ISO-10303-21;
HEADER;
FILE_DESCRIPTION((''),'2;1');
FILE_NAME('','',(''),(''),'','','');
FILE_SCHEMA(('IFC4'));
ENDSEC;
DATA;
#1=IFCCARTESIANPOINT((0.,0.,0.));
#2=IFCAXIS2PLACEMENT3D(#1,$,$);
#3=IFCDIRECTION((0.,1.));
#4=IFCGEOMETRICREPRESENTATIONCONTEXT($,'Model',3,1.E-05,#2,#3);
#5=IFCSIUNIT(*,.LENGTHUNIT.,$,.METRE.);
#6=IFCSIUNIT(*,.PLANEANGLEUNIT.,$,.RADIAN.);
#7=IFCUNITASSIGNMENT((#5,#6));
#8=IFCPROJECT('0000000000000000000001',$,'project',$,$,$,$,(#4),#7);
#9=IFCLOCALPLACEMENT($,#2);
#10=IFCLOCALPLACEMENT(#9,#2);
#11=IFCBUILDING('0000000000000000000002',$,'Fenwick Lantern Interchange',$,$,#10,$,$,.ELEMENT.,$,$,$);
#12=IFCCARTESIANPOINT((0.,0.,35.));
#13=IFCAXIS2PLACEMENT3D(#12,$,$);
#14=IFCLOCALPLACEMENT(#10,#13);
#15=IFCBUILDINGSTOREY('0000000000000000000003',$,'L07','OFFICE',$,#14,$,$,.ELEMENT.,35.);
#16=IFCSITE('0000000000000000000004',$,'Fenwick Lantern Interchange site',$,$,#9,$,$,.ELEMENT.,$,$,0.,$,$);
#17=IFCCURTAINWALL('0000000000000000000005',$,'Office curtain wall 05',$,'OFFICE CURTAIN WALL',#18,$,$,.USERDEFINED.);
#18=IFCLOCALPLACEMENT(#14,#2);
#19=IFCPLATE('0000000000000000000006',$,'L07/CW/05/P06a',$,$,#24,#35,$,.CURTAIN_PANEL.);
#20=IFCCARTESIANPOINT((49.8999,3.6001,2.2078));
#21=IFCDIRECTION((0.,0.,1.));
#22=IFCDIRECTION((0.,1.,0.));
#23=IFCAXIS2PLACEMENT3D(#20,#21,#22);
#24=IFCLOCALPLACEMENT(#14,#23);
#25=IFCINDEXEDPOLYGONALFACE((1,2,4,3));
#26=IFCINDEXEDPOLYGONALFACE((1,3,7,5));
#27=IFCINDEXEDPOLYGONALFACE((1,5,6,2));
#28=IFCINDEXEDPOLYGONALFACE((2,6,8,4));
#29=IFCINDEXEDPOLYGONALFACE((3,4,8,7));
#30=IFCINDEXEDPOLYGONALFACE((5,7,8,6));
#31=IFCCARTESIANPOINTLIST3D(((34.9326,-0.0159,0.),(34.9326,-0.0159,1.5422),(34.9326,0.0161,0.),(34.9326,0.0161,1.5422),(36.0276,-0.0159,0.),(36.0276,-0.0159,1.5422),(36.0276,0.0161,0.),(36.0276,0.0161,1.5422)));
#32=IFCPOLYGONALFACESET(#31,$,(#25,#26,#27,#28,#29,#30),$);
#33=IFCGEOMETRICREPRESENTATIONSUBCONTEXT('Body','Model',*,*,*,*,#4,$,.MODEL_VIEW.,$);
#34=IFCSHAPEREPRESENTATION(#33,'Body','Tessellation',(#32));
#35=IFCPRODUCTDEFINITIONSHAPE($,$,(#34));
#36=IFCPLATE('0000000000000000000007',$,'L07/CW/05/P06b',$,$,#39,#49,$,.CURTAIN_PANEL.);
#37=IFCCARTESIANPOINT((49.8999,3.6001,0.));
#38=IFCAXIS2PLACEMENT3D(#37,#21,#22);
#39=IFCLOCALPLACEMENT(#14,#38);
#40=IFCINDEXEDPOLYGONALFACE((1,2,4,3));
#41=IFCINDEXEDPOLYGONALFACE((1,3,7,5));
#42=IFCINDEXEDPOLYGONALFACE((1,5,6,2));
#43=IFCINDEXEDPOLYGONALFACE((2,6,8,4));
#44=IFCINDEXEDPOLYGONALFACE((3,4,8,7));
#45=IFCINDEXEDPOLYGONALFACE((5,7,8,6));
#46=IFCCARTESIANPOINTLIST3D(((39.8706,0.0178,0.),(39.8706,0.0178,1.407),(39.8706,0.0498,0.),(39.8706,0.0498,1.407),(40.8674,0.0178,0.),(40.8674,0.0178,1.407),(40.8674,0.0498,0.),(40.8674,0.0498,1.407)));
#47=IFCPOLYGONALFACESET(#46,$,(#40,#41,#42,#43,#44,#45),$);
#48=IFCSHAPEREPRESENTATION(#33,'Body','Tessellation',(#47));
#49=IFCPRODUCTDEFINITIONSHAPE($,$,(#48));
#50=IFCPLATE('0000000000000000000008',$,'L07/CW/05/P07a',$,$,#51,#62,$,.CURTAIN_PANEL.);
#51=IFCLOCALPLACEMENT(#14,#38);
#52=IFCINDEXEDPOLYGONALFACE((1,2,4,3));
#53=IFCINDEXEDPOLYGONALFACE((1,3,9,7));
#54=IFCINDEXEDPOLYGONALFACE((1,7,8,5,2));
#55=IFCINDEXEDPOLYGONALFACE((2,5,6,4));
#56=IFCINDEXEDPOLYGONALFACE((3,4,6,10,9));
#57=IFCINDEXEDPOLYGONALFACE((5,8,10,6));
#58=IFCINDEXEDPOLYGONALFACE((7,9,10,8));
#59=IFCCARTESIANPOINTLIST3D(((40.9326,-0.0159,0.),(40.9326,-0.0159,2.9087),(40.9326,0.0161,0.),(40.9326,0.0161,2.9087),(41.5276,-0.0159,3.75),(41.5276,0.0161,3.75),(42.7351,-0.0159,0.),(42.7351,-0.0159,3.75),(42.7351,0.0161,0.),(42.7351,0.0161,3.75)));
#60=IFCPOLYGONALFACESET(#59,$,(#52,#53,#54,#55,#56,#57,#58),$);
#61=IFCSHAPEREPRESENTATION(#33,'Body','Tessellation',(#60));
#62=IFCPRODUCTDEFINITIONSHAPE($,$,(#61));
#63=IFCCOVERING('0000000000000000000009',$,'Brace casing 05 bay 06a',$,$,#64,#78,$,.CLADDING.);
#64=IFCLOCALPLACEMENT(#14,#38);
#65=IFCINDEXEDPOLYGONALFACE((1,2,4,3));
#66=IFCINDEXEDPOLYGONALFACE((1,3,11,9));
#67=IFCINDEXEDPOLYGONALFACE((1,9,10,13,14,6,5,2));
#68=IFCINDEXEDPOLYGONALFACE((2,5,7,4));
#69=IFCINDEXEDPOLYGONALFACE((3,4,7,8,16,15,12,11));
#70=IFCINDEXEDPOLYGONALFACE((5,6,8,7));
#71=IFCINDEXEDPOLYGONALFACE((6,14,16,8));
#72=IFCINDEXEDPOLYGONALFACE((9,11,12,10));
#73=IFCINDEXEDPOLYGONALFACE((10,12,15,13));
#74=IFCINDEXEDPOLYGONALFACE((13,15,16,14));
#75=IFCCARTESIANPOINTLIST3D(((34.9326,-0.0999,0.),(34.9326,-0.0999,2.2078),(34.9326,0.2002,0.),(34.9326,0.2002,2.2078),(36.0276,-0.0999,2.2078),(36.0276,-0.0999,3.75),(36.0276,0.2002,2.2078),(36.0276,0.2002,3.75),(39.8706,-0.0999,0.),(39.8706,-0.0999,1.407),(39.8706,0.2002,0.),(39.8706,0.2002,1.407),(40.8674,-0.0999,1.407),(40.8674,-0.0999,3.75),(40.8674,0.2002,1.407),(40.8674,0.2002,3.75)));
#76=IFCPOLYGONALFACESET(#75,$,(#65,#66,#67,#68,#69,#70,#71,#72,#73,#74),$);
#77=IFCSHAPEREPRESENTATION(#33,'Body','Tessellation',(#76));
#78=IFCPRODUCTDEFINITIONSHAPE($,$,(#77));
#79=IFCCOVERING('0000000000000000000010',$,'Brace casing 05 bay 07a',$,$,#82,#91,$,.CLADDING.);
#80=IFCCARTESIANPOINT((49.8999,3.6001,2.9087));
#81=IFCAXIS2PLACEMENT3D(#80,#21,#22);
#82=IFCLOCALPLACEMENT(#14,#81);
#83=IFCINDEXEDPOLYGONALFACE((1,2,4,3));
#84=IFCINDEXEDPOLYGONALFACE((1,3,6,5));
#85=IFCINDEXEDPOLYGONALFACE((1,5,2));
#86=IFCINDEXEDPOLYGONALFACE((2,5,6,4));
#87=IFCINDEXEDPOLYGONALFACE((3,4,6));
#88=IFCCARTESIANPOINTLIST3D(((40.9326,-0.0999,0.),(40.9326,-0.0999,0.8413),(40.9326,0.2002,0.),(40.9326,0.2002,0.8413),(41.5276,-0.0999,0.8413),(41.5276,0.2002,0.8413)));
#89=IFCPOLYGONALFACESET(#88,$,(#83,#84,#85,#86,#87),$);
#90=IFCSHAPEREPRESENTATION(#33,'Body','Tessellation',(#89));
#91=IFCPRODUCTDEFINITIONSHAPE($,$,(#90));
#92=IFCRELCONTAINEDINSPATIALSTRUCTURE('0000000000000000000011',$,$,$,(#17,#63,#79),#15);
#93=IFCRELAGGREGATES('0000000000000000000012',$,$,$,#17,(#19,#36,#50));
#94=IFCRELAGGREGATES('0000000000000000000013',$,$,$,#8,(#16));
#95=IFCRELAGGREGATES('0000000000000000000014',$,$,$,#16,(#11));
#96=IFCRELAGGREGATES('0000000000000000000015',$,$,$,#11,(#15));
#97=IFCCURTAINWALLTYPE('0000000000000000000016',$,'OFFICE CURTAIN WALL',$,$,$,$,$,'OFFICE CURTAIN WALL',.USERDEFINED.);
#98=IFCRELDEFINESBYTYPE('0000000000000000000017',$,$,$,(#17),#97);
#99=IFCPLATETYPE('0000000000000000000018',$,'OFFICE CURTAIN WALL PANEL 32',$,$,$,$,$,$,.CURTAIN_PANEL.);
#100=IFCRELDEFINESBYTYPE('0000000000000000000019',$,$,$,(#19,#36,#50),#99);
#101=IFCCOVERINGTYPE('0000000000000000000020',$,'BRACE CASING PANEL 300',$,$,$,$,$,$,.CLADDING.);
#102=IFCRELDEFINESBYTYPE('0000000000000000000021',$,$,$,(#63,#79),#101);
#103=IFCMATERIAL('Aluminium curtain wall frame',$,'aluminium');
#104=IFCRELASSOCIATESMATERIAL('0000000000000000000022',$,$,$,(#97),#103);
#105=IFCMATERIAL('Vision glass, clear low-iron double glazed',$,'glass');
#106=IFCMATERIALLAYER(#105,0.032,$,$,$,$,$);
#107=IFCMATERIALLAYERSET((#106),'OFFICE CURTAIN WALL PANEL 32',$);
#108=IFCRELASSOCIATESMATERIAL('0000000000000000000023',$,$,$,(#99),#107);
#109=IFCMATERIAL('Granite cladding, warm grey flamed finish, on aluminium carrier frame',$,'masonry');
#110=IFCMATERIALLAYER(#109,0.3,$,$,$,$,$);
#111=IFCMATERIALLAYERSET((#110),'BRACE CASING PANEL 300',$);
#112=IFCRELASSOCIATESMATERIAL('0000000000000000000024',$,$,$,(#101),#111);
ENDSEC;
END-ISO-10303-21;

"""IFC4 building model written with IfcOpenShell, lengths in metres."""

from ifc_helpers import new_model, si_unit, direction, frame, origin, place, context, subcontext, project, spatial, polyline, outline, extrude, material, layer, layer_set, type_object, element, aggregate, save


model = new_model("IFC4")

# Units and contexts
model_context = context("Model", 3, precision=1e-05, world=origin(), true_north=direction((0.0, 1.0)))
body_context = subcontext(model_context, "Body", "Model", "MODEL_VIEW")
ifc_project = project(units=[si_unit("LENGTHUNIT", "METRE"), si_unit("PLANEANGLEUNIT", "RADIAN")], contexts=[model_context])

# Site, building, storey
site_placement = place(None, origin())
site = spatial("IfcSite", under=ifc_project, at=site_placement, Name="Fenwick Lantern Interchange site", CompositionType="ELEMENT", RefElevation=0.0)
building_placement = place(site_placement, origin())
building = spatial("IfcBuilding", under=site, at=building_placement, Name="Fenwick Lantern Interchange", CompositionType="ELEMENT")
storey_placement = place(building_placement, frame((0.0, 0.0, 35.0)))
storey = spatial("IfcBuildingStorey", under=building, at=storey_placement, Name="L07", Description="OFFICE", CompositionType="ELEMENT", Elevation=35.0)

# Curtain wall, plates
ifc_material_1 = material(Name="Aluminium curtain wall frame", Category="aluminium")
curtain_wall_type = type_object("IfcCurtainWallType", Name="OFFICE CURTAIN WALL", ElementType="OFFICE CURTAIN WALL", PredefinedType="USERDEFINED", material=ifc_material_1)
curtain_wall_placement = place(storey_placement, origin())
curtain_wall = element("IfcCurtainWall", 1, at=curtain_wall_placement, inside=storey, type_object=curtain_wall_type, Name="Office curtain wall 05", ObjectType="OFFICE CURTAIN WALL", PredefinedType="USERDEFINED")
ifc_material_2 = material(Name="Vision glass, clear low-iron double glazed", Category="glass")
ifc_layer_1 = layer(ifc_material_2, 0.032)
ifc_layer_set_1 = layer_set([ifc_layer_1], Name="OFFICE CURTAIN WALL PANEL 32")
plate_type = type_object("IfcPlateType", Name="OFFICE CURTAIN WALL PANEL 32", PredefinedType="CURTAIN_PANEL", material=ifc_layer_set_1)
plate_1_placement = place(storey_placement, frame((49.8999, 3.6001, 2.2078), z_axis=(0.0, 0.0, 1.0), x_axis=(0.0, 1.0, 0.0)))
plate_1 = element("IfcPlate", 2, at=plate_1_placement, type_object=plate_type, Name="L07/CW/05/P06a", PredefinedType="CURTAIN_PANEL", context=body_context, shape_type="SweptSolid", body=[
    extrude(outline(polyline([(34.9326, 0.0), (36.0276, 0.0), (36.0276, 1.5422), (34.9326, 1.5422), (34.9326, 0.0)])), frame((0.0, 0.0161, 0.0), z_axis=(0.0, -1.0, 0.0), x_axis=(1.0, 0.0, 0.0)), (0.0, 0.0, 1.0), 0.032),
])
plate_2_placement = place(storey_placement, frame((49.8999, 3.6001, 0.0), z_axis=(0.0, 0.0, 1.0), x_axis=(0.0, 1.0, 0.0)))
plate_2 = element("IfcPlate", 3, at=plate_2_placement, type_object=plate_type, Name="L07/CW/05/P06b", PredefinedType="CURTAIN_PANEL", context=body_context, shape_type="SweptSolid", body=[
    extrude(outline(polyline([(39.8706, 0.0), (40.8674, 0.0), (40.8674, 1.407), (39.8706, 1.407), (39.8706, 0.0)])), frame((0.0, 0.0498, 0.0), z_axis=(0.0, -1.0, 0.0), x_axis=(1.0, 0.0, 0.0)), (0.0, 0.0, 1.0), 0.032),
])
plate_3_placement = place(storey_placement, frame((49.8999, 3.6001, 0.0), z_axis=(0.0, 0.0, 1.0), x_axis=(0.0, 1.0, 0.0)))
plate_3 = element("IfcPlate", 4, at=plate_3_placement, type_object=plate_type, Name="L07/CW/05/P07a", PredefinedType="CURTAIN_PANEL", context=body_context, shape_type="SweptSolid", body=[
    extrude(outline(polyline([(40.9326, 0.0), (42.7351, 0.0), (42.7351, 3.75), (41.5276, 3.75), (40.9326, 2.9087), (40.9326, 0.0)])), frame((0.0, 0.0161, 0.0), z_axis=(0.0, -1.0, 0.0), x_axis=(1.0, 0.0, 0.0)), (0.0, 0.0, 1.0), 0.032),
])
aggregate(curtain_wall, [plate_1, plate_2, plate_3])

# Coverings
ifc_material_3 = material(Name="Granite cladding, warm grey flamed finish, on aluminium carrier frame", Category="masonry")
ifc_layer_2 = layer(ifc_material_3, 0.3)
ifc_layer_set_2 = layer_set([ifc_layer_2], Name="BRACE CASING PANEL 300")
covering_type = type_object("IfcCoveringType", Name="BRACE CASING PANEL 300", PredefinedType="CLADDING", material=ifc_layer_set_2)
covering_1_placement = place(storey_placement, frame((49.8999, 3.6001, 0.0), z_axis=(0.0, 0.0, 1.0), x_axis=(0.0, 1.0, 0.0)))
element("IfcCovering", 5, at=covering_1_placement, inside=storey, type_object=covering_type, Name="Brace casing 05 bay 06a", PredefinedType="CLADDING", context=body_context, shape_type="SweptSolid", body=[
    extrude(outline(polyline([(34.9326, 0.0), (39.8706, 0.0), (39.8706, 1.407), (40.8674, 1.407), (40.8674, 3.75), (36.0276, 3.75), (36.0276, 2.2078), (34.9326, 2.2078), (34.9326, 0.0)])), frame((0.0, 0.2002, 0.0), z_axis=(0.0, -1.0, 0.0), x_axis=(1.0, 0.0, 0.0)), (0.0, 0.0, 1.0), 0.3),
])
covering_2_placement = place(storey_placement, frame((49.8999, 3.6001, 2.9087), z_axis=(0.0, 0.0, 1.0), x_axis=(0.0, 1.0, 0.0)))
element("IfcCovering", 6, at=covering_2_placement, inside=storey, type_object=covering_type, Name="Brace casing 05 bay 07a", PredefinedType="CLADDING", context=body_context, shape_type="SweptSolid", body=[
    extrude(outline(polyline([(40.9326, 0.0), (41.5276, 0.8413), (40.9326, 0.8413), (40.9326, 0.0)])), frame((0.0, 0.2002, 0.0), z_axis=(0.0, -1.0, 0.0), x_axis=(1.0, 0.0, 0.0)), (0.0, 0.0, 1.0), 0.3),
])

save(model, "model.ifc")
